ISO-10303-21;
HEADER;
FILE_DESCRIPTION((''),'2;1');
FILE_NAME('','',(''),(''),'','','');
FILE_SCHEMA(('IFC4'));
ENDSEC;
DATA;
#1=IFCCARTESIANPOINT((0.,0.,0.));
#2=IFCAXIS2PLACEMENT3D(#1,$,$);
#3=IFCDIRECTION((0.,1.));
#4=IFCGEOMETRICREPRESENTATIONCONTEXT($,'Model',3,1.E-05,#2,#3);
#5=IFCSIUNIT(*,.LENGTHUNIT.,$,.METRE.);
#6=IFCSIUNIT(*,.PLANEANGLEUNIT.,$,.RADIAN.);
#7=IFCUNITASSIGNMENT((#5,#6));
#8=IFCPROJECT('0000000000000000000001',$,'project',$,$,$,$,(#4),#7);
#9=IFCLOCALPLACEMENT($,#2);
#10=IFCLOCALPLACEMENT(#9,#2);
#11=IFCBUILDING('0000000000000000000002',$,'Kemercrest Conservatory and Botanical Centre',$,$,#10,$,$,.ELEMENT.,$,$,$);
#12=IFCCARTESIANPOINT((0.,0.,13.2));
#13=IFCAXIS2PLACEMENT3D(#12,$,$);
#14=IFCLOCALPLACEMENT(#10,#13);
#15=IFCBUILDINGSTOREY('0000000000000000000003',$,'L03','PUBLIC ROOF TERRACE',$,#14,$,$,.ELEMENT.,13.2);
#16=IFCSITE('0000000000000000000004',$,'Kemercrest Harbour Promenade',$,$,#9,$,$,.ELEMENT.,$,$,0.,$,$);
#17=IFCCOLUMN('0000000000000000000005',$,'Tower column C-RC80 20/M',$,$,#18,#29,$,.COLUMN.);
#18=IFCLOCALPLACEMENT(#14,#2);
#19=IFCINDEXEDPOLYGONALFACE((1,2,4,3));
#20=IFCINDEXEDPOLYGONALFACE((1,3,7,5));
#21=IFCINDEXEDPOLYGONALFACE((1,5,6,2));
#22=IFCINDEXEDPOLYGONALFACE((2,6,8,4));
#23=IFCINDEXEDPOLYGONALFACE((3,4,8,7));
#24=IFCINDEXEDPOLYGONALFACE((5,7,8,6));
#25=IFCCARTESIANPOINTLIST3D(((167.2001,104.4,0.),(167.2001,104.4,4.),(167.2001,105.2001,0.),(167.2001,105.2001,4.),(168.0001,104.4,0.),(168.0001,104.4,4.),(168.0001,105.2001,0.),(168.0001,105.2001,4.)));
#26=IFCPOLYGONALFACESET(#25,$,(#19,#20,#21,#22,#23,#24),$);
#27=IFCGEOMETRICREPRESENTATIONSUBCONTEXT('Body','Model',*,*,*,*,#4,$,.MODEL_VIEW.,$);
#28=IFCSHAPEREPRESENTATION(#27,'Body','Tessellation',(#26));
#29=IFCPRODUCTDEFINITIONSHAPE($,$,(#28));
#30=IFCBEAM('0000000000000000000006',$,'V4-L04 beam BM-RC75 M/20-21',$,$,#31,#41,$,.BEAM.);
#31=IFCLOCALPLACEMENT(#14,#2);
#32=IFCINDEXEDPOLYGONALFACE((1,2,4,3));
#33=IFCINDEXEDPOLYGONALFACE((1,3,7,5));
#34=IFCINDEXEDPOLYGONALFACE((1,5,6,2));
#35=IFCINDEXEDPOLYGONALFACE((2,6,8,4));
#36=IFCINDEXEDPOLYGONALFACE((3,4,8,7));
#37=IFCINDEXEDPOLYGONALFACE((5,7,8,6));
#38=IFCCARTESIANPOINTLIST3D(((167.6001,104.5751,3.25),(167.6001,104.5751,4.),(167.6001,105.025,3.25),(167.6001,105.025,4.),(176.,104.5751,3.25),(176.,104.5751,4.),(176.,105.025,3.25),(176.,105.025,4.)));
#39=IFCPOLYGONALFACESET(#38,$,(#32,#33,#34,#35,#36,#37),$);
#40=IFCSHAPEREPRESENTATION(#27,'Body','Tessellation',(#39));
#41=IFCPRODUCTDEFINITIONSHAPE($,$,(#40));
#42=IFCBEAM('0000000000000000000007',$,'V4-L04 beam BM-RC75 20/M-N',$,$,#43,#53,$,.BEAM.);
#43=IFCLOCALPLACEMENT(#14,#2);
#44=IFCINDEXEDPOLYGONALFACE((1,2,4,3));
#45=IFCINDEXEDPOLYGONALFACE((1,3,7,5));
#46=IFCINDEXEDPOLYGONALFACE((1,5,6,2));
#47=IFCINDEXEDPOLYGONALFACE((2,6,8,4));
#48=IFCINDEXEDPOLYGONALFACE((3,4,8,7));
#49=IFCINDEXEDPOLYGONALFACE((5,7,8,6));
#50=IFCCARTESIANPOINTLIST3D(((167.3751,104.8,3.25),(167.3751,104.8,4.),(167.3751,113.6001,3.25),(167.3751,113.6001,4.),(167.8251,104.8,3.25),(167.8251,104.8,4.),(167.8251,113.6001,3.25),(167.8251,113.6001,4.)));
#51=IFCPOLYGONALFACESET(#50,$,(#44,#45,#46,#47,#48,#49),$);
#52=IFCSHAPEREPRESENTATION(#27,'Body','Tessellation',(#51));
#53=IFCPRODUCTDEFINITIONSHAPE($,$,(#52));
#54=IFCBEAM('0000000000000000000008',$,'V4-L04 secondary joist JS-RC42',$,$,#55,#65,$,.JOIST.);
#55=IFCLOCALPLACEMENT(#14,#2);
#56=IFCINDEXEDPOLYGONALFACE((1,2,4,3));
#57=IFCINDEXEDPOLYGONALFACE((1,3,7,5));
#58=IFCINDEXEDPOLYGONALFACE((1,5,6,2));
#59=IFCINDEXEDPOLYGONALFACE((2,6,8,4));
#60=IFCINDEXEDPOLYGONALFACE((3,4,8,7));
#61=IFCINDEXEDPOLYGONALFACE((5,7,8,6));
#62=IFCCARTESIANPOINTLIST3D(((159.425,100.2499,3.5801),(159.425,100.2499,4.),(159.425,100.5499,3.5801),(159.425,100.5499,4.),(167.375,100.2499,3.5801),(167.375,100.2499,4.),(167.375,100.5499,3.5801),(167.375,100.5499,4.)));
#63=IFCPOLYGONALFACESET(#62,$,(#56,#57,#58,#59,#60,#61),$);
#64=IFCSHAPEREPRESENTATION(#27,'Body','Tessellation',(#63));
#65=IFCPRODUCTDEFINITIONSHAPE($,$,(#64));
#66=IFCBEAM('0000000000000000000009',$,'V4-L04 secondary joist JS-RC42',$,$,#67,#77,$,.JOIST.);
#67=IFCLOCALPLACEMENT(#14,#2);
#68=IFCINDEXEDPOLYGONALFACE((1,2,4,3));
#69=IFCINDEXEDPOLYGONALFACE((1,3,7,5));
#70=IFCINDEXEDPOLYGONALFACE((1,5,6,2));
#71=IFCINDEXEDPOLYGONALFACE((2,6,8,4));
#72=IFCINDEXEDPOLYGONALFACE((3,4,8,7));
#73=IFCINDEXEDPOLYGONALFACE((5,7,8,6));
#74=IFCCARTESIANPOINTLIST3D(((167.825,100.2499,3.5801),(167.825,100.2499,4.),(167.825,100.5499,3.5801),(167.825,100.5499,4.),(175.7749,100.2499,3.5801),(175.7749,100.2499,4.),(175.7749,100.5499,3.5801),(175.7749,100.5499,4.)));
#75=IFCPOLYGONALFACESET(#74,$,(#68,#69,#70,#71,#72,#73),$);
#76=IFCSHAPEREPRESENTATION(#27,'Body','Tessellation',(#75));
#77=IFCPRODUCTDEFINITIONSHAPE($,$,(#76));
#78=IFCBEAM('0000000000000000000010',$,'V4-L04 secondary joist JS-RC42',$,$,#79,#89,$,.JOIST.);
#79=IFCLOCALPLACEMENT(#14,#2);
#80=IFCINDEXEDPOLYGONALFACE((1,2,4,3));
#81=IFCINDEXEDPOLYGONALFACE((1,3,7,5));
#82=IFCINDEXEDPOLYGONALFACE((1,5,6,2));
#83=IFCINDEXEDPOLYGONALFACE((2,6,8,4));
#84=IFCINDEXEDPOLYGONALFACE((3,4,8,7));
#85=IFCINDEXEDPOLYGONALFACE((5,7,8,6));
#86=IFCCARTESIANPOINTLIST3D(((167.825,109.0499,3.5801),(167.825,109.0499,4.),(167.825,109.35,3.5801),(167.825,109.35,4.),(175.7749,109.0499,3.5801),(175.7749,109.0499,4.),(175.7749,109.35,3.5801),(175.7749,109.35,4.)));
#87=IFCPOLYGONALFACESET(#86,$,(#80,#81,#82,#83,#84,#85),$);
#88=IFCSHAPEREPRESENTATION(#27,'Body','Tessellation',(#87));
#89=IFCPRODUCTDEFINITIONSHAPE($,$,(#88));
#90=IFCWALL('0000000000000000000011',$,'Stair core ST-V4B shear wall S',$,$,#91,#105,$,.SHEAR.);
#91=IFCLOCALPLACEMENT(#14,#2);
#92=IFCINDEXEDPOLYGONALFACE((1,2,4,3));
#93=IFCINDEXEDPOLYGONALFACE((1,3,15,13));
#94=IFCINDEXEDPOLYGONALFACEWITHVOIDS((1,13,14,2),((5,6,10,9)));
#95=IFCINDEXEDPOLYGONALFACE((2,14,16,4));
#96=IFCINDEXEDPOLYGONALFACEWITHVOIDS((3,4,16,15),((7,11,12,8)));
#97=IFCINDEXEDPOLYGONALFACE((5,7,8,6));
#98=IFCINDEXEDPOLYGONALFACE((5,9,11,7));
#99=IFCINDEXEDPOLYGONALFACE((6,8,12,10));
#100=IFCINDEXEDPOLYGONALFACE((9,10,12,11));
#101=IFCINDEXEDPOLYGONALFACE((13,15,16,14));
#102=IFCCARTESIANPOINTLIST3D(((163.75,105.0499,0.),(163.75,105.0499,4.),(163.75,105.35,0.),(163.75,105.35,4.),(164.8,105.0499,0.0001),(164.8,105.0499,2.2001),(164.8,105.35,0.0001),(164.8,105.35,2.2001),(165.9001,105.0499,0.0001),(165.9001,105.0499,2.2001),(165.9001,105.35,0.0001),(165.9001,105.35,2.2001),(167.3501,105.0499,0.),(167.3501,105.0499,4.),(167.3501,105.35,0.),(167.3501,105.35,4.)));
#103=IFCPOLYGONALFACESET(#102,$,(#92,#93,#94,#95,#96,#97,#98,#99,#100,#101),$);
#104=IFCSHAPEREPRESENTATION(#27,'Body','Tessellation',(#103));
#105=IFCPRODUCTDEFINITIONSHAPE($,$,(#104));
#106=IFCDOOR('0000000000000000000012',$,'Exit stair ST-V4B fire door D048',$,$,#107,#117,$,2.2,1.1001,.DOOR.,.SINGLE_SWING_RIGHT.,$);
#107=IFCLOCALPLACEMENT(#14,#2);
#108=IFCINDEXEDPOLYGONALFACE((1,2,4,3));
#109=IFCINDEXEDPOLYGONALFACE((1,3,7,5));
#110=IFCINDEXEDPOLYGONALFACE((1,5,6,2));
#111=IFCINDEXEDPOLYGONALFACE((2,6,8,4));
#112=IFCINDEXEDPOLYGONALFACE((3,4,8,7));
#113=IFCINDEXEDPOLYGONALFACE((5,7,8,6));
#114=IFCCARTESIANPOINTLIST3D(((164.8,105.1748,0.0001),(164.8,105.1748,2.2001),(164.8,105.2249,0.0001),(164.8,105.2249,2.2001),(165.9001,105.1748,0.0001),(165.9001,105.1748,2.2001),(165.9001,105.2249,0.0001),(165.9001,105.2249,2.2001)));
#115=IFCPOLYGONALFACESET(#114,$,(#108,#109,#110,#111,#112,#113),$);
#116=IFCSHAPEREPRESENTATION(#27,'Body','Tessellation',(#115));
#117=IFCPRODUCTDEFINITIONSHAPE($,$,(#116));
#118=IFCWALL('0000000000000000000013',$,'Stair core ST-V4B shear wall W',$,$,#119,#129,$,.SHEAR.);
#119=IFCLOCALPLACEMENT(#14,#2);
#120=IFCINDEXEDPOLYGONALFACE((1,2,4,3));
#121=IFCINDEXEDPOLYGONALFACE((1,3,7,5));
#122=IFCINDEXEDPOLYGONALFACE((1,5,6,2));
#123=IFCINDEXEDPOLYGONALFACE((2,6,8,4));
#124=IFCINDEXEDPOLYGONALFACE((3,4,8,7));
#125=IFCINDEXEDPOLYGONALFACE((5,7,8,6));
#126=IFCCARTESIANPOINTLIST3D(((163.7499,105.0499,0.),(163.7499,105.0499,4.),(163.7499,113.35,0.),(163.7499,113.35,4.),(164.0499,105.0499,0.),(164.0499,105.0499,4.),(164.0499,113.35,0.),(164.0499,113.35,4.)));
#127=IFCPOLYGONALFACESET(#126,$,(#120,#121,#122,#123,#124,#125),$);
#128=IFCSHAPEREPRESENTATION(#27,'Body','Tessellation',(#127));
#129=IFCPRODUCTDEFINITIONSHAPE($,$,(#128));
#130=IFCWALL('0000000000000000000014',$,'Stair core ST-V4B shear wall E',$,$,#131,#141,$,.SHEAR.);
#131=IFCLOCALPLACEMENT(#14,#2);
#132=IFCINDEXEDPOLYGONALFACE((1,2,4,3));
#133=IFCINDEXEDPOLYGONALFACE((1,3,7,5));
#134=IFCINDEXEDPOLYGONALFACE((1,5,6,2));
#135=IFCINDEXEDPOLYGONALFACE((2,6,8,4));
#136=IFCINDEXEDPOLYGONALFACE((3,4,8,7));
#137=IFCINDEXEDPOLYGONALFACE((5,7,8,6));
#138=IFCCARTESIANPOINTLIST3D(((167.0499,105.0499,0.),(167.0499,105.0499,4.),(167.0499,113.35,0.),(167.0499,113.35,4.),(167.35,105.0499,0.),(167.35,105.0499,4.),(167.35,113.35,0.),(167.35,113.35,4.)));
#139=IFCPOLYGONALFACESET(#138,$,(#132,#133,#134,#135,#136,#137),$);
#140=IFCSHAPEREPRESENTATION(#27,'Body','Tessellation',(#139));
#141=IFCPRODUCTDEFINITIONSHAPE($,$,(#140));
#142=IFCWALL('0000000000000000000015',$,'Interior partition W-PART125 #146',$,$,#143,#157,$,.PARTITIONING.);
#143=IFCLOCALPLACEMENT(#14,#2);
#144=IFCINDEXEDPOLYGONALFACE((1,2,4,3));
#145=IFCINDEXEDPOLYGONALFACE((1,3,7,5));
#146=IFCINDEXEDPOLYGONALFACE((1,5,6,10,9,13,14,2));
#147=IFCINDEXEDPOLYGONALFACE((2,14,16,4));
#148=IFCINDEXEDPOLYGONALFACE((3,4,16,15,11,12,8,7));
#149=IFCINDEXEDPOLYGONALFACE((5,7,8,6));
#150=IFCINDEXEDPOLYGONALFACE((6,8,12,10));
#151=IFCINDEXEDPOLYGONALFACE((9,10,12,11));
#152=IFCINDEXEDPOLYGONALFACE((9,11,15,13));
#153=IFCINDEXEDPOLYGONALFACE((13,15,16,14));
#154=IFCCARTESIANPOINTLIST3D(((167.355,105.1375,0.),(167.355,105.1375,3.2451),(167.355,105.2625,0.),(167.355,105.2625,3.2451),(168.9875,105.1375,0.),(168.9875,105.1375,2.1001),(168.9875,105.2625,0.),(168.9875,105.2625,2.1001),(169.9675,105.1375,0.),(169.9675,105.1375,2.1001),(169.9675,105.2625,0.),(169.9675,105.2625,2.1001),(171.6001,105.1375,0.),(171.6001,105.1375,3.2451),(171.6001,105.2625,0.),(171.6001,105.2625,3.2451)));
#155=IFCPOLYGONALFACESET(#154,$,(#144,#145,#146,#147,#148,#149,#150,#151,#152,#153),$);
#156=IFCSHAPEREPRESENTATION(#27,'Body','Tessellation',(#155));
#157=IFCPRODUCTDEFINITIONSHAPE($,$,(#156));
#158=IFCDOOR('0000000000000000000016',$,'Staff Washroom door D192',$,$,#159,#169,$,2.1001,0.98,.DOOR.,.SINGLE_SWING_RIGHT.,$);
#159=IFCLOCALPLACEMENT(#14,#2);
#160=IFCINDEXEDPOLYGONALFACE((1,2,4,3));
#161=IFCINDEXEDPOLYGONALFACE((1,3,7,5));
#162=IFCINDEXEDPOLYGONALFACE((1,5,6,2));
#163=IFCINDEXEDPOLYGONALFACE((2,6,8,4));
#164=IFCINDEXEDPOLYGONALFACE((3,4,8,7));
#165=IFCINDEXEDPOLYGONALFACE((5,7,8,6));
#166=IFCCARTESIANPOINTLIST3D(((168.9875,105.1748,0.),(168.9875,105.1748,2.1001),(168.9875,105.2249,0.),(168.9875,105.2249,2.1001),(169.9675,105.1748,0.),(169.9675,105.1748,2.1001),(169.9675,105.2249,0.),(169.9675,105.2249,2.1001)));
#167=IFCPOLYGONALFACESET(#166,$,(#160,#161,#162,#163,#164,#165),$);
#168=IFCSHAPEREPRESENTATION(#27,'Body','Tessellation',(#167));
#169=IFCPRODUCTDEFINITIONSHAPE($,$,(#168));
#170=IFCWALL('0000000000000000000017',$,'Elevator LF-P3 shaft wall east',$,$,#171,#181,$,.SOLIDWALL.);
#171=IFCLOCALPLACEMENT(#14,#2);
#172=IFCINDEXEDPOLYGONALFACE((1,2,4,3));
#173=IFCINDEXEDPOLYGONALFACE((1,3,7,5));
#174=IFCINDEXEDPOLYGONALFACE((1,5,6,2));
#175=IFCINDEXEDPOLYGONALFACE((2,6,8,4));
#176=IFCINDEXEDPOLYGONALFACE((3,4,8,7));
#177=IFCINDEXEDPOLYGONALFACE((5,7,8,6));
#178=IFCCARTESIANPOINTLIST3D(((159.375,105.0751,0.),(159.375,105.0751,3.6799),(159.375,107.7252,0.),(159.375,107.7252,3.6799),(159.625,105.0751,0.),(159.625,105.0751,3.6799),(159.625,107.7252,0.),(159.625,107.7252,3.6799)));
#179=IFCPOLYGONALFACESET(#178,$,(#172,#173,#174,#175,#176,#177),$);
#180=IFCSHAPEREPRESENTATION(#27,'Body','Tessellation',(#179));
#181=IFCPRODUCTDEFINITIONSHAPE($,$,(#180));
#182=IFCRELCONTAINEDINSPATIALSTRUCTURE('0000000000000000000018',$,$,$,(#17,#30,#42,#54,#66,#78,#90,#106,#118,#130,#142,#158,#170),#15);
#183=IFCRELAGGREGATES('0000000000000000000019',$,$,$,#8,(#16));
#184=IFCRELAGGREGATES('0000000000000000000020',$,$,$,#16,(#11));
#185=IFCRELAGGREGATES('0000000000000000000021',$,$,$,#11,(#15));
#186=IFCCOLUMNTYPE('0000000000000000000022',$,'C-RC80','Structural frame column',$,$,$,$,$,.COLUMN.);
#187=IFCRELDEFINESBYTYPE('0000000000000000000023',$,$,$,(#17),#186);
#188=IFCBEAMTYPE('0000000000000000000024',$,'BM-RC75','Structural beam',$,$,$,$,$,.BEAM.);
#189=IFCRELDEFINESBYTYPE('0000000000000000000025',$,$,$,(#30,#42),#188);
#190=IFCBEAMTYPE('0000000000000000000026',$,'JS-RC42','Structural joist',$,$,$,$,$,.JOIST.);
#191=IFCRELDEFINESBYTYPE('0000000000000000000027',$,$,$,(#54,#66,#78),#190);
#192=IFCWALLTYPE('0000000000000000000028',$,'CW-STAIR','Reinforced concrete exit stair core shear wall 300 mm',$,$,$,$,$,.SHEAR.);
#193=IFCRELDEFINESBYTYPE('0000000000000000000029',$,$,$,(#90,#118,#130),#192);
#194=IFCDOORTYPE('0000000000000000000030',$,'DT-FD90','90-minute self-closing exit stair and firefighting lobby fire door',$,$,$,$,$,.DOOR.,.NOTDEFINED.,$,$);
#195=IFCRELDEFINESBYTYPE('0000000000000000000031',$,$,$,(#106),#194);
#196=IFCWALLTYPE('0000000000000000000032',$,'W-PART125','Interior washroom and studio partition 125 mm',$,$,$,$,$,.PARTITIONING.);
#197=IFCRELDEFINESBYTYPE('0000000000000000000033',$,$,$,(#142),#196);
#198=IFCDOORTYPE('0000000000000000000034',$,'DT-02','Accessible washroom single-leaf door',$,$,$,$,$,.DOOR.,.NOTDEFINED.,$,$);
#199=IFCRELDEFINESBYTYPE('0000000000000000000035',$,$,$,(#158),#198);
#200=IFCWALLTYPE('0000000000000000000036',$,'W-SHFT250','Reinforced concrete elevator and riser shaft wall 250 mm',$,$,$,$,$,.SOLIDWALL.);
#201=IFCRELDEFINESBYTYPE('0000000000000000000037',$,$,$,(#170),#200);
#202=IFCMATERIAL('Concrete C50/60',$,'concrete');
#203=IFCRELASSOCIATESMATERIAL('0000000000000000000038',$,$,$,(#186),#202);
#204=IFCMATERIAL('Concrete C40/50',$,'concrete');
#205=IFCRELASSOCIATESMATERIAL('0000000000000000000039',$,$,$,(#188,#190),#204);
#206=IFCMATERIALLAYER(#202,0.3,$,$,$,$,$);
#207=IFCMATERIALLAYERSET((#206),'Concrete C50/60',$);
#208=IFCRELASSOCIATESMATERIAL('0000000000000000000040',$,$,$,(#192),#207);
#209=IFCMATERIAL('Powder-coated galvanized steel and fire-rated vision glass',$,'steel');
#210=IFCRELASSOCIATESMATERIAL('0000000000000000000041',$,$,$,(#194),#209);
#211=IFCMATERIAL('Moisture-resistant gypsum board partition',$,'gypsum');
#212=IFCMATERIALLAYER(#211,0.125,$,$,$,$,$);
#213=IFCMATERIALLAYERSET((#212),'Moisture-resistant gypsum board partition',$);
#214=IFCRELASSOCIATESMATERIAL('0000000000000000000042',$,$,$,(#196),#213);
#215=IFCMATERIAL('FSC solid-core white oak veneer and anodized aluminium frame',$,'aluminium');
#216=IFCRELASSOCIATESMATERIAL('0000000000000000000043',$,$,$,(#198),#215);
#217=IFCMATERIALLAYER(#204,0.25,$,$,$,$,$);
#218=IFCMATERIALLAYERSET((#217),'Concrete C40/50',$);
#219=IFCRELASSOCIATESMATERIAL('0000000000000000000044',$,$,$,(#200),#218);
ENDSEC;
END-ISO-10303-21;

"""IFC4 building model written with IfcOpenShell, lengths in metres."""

from ifc_helpers import new_model, si_unit, direction, frame, frame_2d, origin, origin_2d, place, context, subcontext, project, spatial, rectangle, extrude, material, layer, layer_set, material_profile, profile_set, type_object, element, fill, save


model = new_model("IFC4")

# Units and contexts
model_context = context("Model", 3, precision=1e-05, world=origin(), true_north=direction((0.0, 1.0)))
body_context = subcontext(model_context, "Body", "Model", "MODEL_VIEW")
ifc_project = project(units=[si_unit("LENGTHUNIT", "METRE"), si_unit("PLANEANGLEUNIT", "RADIAN")], contexts=[model_context])

# Site, building, storey
site_placement = place(None, origin())
site = spatial("IfcSite", under=ifc_project, at=site_placement, Name="Kemercrest Harbour Promenade", CompositionType="ELEMENT", RefElevation=0.0)
building_placement = place(site_placement, origin())
building = spatial("IfcBuilding", under=site, at=building_placement, Name="Kemercrest Conservatory and Botanical Centre", CompositionType="ELEMENT")
storey_placement = place(building_placement, frame((0.0, 0.0, 13.2)))
storey = spatial("IfcBuildingStorey", under=building, at=storey_placement, Name="L03", Description="PUBLIC ROOF TERRACE", CompositionType="ELEMENT", Elevation=13.2)

# Column
ifc_material_1 = material(Name="Concrete C50/60", Category="concrete")
ifc_material_profile_1 = material_profile(ifc_material_1, rectangle(XDim=0.8, YDim=0.8, at=origin_2d()), Name="RC 800x800")
ifc_profile_set_1 = profile_set([ifc_material_profile_1], Name="Concrete C50/60")
column_type = type_object("IfcColumnType", Name="C-RC80", Description="Structural frame column", PredefinedType="COLUMN", material=ifc_profile_set_1)
column_placement = place(storey_placement, frame((167.6001, 104.8, 0.0), z_axis=(0.0, 0.0, 1.0), x_axis=(1.0, 0.0, 0.0)))
element("IfcColumn", 1, at=column_placement, inside=storey, type_object=column_type, Name="Tower column C-RC80 20/M", PredefinedType="COLUMN", context=body_context, shape_type="SweptSolid", body=[
    extrude(rectangle(XDim=0.8, YDim=0.8, at=origin_2d()), origin(), (0.0, 0.0, 1.0), 4.0),
])

# Beams
ifc_material_2 = material(Name="Concrete C40/50", Category="concrete")
ifc_material_profile_2 = material_profile(ifc_material_2, rectangle(XDim=0.45, YDim=0.75, at=origin_2d()), Name="RC 450x750")
ifc_profile_set_2 = profile_set([ifc_material_profile_2], Name="Concrete C40/50")
beam_type_1 = type_object("IfcBeamType", Name="BM-RC75", Description="Structural beam", PredefinedType="BEAM", material=ifc_profile_set_2)
beam_1_placement = place(storey_placement, frame((167.6001, 104.8, 3.625), z_axis=(1.0, 0.0, 0.0), x_axis=(0.0, 1.0, 0.0)))
element("IfcBeam", 2, at=beam_1_placement, inside=storey, type_object=beam_type_1, Name="V4-L04 beam BM-RC75 M/20-21", PredefinedType="BEAM", context=body_context, shape_type="SweptSolid", body=[
    extrude(rectangle(XDim=0.45, YDim=0.75, at=origin_2d()), origin(), (0.0, 0.0, 1.0), 8.3999),
])
beam_2_placement = place(storey_placement, frame((167.6001, 104.8, 3.625), z_axis=(0.0, 1.0, 0.0), x_axis=(-1.0, 0.0, 0.0)))
element("IfcBeam", 3, at=beam_2_placement, inside=storey, type_object=beam_type_1, Name="V4-L04 beam BM-RC75 20/M-N", PredefinedType="BEAM", context=body_context, shape_type="SweptSolid", body=[
    extrude(rectangle(XDim=0.45, YDim=0.75, at=origin_2d()), origin(), (0.0, 0.0, 1.0), 8.8),
])
ifc_material_profile_3 = material_profile(ifc_material_2, rectangle(XDim=0.3, YDim=0.4199, at=origin_2d()), Name="RC 300x420")
ifc_profile_set_3 = profile_set([ifc_material_profile_3], Name="Concrete C40/50")
beam_type_2 = type_object("IfcBeamType", Name="JS-RC42", Description="Structural joist", PredefinedType="JOIST", material=ifc_profile_set_3)
for number, where, z_axis, x_axis, name in (
    (4, (159.425, 100.3999, 3.79), (1.0, 0.0, 0.0), (0.0, 1.0, 0.0), "V4-L04 secondary joist JS-RC42"),
    (5, (167.825, 100.3999, 3.79), (1.0, 0.0, 0.0), (0.0, 1.0, 0.0), "V4-L04 secondary joist JS-RC42"),
    (6, (167.825, 109.2, 3.79), (1.0, 0.0, 0.0), (0.0, 1.0, 0.0), "V4-L04 secondary joist JS-RC42"),
):
    element("IfcBeam", number, at=place(storey_placement, frame(where, z_axis=z_axis, x_axis=x_axis)), inside=storey, type_object=beam_type_2, Name=name, PredefinedType="JOIST", context=body_context, shape_type="SweptSolid", body=[
        extrude(rectangle(XDim=0.3, YDim=0.4199, at=origin_2d()), origin(), (0.0, 0.0, 1.0), 7.95),
    ])

# Wall, opening, door
ifc_layer_1 = layer(ifc_material_1, 0.3)
ifc_layer_set_1 = layer_set([ifc_layer_1], Name="Concrete C50/60")
wall_type_1 = type_object("IfcWallType", Name="CW-STAIR", Description="Reinforced concrete exit stair core shear wall 300 mm", PredefinedType="SHEAR", material=ifc_layer_set_1)
wall_1_placement = place(storey_placement, frame((163.75, 105.2, 0.0), z_axis=(0.0, 0.0, 1.0), x_axis=(1.0, 0.0, 0.0)))
wall_1 = element("IfcWall", 7, at=wall_1_placement, inside=storey, type_object=wall_type_1, Name="Stair core ST-V4B shear wall S", PredefinedType="SHEAR", context=body_context, shape_type="SweptSolid", body=[
    extrude(rectangle(XDim=3.6001, YDim=0.3, at=frame_2d((1.8, 0.0))), origin(), (0.0, 0.0, 1.0), 4.0),
])
opening_1_placement = place(wall_1_placement, frame((1.05, 0.0, 0.0)))
opening_1 = element("IfcOpeningElement", 8, at=opening_1_placement, cuts=wall_1, PredefinedType="OPENING", context=body_context, shape_type="SweptSolid", body=[
    extrude(rectangle(XDim=1.1001, YDim=2.2, at=frame_2d((0.55, 1.1001))), frame((0.0, 0.1602, 0.0), z_axis=(0.0, -1.0, 0.0), x_axis=(1.0, 0.0, 0.0)), (0.0, 0.0, 1.0), 0.3201),
])
ifc_material_3 = material(Name="Powder-coated galvanized steel and fire-rated vision glass", Category="steel")
door_type_1 = type_object("IfcDoorType", Name="DT-FD90", Description="90-minute self-closing exit stair and firefighting lobby fire door", OperationType="NOTDEFINED", PredefinedType="DOOR", material=ifc_material_3)
door_1_placement = place(opening_1_placement, origin())
door_1 = element("IfcDoor", 9, at=door_1_placement, inside=storey, type_object=door_type_1, Name="Exit stair ST-V4B fire door D048", OperationType="SINGLE_SWING_RIGHT", OverallHeight=2.2, OverallWidth=1.1001, PredefinedType="DOOR", context=body_context, shape_type="SweptSolid", body=[
    extrude(rectangle(XDim=1.1001, YDim=2.2, at=frame_2d((0.55, 1.1001))), frame((0.0, 0.0249, 0.0), z_axis=(0.0, -1.0, 0.0), x_axis=(1.0, 0.0, 0.0)), (0.0, 0.0, 1.0), 0.05),
])
fill(opening_1, door_1)

# Walls
for number, where, z_axis, x_axis, name in (
    (10, (163.8999, 105.05, 0.0), (0.0, 0.0, 1.0), (0.0, 1.0, 0.0), "Stair core ST-V4B shear wall W"),
    (11, (167.2, 105.05, 0.0), (0.0, 0.0, 1.0), (0.0, 1.0, 0.0), "Stair core ST-V4B shear wall E"),
):
    element("IfcWall", number, at=place(storey_placement, frame(where, z_axis=z_axis, x_axis=x_axis)), inside=storey, type_object=wall_type_1, Name=name, PredefinedType="SHEAR", context=body_context, shape_type="SweptSolid", body=[
        extrude(rectangle(XDim=8.3, YDim=0.3, at=frame_2d((4.1499, 0.0))), origin(), (0.0, 0.0, 1.0), 4.0),
    ])

# Wall, opening, door
ifc_material_4 = material(Name="Moisture-resistant gypsum board partition", Category="gypsum")
ifc_layer_2 = layer(ifc_material_4, 0.125)
ifc_layer_set_2 = layer_set([ifc_layer_2], Name="Moisture-resistant gypsum board partition")
wall_type_2 = type_object("IfcWallType", Name="W-PART125", Description="Interior washroom and studio partition 125 mm", PredefinedType="PARTITIONING", material=ifc_layer_set_2)
wall_2_placement = place(storey_placement, frame((167.355, 105.2, 0.0), z_axis=(0.0, 0.0, 1.0), x_axis=(1.0, 0.0, 0.0)))
wall_2 = element("IfcWall", 12, at=wall_2_placement, inside=storey, type_object=wall_type_2, Name="Interior partition W-PART125 #146", PredefinedType="PARTITIONING", context=body_context, shape_type="SweptSolid", body=[
    extrude(rectangle(XDim=4.2451, YDim=0.125, at=frame_2d((2.1226, 0.0))), origin(), (0.0, 0.0, 1.0), 3.2451),
])
opening_2_placement = place(wall_2_placement, frame((1.6326, 0.0, 0.0)))
opening_2 = element("IfcOpeningElement", 13, at=opening_2_placement, cuts=wall_2, PredefinedType="OPENING", context=body_context, shape_type="SweptSolid", body=[
    extrude(rectangle(XDim=0.98, YDim=2.1001, at=frame_2d((0.49, 1.05))), frame((0.0, 0.0725, 0.0), z_axis=(0.0, -1.0, 0.0), x_axis=(1.0, 0.0, 0.0)), (0.0, 0.0, 1.0), 0.145),
])
ifc_material_5 = material(Name="FSC solid-core white oak veneer and anodized aluminium frame", Category="aluminium")
door_type_2 = type_object("IfcDoorType", Name="DT-02", Description="Accessible washroom single-leaf door", OperationType="NOTDEFINED", PredefinedType="DOOR", material=ifc_material_5)
door_2_placement = place(opening_2_placement, origin())
door_2 = element("IfcDoor", 14, at=door_2_placement, inside=storey, type_object=door_type_2, Name="Staff Washroom door D192", OperationType="SINGLE_SWING_RIGHT", OverallHeight=2.1001, OverallWidth=0.98, PredefinedType="DOOR", context=body_context, shape_type="SweptSolid", body=[
    extrude(rectangle(XDim=0.98, YDim=2.1001, at=frame_2d((0.49, 1.05))), frame((0.0, 0.0249, 0.0), z_axis=(0.0, -1.0, 0.0), x_axis=(1.0, 0.0, 0.0)), (0.0, 0.0, 1.0), 0.05),
])
fill(opening_2, door_2)

# Wall
ifc_layer_3 = layer(ifc_material_2, 0.25)
ifc_layer_set_3 = layer_set([ifc_layer_3], Name="Concrete C40/50")
wall_type_3 = type_object("IfcWallType", Name="W-SHFT250", Description="Reinforced concrete elevator and riser shaft wall 250 mm", PredefinedType="SOLIDWALL", material=ifc_layer_set_3)
wall_3_placement = place(storey_placement, frame((159.5, 105.075, 0.0), z_axis=(0.0, 0.0, 1.0), x_axis=(0.0, 1.0, 0.0)))
element("IfcWall", 15, at=wall_3_placement, inside=storey, type_object=wall_type_3, Name="Elevator LF-P3 shaft wall east", PredefinedType="SOLIDWALL", context=body_context, shape_type="SweptSolid", body=[
    extrude(rectangle(XDim=2.6501, YDim=0.25, at=frame_2d((1.3252, 0.0))), origin(), (0.0, 0.0, 1.0), 3.6799),
])

save(model, "model.ifc")
